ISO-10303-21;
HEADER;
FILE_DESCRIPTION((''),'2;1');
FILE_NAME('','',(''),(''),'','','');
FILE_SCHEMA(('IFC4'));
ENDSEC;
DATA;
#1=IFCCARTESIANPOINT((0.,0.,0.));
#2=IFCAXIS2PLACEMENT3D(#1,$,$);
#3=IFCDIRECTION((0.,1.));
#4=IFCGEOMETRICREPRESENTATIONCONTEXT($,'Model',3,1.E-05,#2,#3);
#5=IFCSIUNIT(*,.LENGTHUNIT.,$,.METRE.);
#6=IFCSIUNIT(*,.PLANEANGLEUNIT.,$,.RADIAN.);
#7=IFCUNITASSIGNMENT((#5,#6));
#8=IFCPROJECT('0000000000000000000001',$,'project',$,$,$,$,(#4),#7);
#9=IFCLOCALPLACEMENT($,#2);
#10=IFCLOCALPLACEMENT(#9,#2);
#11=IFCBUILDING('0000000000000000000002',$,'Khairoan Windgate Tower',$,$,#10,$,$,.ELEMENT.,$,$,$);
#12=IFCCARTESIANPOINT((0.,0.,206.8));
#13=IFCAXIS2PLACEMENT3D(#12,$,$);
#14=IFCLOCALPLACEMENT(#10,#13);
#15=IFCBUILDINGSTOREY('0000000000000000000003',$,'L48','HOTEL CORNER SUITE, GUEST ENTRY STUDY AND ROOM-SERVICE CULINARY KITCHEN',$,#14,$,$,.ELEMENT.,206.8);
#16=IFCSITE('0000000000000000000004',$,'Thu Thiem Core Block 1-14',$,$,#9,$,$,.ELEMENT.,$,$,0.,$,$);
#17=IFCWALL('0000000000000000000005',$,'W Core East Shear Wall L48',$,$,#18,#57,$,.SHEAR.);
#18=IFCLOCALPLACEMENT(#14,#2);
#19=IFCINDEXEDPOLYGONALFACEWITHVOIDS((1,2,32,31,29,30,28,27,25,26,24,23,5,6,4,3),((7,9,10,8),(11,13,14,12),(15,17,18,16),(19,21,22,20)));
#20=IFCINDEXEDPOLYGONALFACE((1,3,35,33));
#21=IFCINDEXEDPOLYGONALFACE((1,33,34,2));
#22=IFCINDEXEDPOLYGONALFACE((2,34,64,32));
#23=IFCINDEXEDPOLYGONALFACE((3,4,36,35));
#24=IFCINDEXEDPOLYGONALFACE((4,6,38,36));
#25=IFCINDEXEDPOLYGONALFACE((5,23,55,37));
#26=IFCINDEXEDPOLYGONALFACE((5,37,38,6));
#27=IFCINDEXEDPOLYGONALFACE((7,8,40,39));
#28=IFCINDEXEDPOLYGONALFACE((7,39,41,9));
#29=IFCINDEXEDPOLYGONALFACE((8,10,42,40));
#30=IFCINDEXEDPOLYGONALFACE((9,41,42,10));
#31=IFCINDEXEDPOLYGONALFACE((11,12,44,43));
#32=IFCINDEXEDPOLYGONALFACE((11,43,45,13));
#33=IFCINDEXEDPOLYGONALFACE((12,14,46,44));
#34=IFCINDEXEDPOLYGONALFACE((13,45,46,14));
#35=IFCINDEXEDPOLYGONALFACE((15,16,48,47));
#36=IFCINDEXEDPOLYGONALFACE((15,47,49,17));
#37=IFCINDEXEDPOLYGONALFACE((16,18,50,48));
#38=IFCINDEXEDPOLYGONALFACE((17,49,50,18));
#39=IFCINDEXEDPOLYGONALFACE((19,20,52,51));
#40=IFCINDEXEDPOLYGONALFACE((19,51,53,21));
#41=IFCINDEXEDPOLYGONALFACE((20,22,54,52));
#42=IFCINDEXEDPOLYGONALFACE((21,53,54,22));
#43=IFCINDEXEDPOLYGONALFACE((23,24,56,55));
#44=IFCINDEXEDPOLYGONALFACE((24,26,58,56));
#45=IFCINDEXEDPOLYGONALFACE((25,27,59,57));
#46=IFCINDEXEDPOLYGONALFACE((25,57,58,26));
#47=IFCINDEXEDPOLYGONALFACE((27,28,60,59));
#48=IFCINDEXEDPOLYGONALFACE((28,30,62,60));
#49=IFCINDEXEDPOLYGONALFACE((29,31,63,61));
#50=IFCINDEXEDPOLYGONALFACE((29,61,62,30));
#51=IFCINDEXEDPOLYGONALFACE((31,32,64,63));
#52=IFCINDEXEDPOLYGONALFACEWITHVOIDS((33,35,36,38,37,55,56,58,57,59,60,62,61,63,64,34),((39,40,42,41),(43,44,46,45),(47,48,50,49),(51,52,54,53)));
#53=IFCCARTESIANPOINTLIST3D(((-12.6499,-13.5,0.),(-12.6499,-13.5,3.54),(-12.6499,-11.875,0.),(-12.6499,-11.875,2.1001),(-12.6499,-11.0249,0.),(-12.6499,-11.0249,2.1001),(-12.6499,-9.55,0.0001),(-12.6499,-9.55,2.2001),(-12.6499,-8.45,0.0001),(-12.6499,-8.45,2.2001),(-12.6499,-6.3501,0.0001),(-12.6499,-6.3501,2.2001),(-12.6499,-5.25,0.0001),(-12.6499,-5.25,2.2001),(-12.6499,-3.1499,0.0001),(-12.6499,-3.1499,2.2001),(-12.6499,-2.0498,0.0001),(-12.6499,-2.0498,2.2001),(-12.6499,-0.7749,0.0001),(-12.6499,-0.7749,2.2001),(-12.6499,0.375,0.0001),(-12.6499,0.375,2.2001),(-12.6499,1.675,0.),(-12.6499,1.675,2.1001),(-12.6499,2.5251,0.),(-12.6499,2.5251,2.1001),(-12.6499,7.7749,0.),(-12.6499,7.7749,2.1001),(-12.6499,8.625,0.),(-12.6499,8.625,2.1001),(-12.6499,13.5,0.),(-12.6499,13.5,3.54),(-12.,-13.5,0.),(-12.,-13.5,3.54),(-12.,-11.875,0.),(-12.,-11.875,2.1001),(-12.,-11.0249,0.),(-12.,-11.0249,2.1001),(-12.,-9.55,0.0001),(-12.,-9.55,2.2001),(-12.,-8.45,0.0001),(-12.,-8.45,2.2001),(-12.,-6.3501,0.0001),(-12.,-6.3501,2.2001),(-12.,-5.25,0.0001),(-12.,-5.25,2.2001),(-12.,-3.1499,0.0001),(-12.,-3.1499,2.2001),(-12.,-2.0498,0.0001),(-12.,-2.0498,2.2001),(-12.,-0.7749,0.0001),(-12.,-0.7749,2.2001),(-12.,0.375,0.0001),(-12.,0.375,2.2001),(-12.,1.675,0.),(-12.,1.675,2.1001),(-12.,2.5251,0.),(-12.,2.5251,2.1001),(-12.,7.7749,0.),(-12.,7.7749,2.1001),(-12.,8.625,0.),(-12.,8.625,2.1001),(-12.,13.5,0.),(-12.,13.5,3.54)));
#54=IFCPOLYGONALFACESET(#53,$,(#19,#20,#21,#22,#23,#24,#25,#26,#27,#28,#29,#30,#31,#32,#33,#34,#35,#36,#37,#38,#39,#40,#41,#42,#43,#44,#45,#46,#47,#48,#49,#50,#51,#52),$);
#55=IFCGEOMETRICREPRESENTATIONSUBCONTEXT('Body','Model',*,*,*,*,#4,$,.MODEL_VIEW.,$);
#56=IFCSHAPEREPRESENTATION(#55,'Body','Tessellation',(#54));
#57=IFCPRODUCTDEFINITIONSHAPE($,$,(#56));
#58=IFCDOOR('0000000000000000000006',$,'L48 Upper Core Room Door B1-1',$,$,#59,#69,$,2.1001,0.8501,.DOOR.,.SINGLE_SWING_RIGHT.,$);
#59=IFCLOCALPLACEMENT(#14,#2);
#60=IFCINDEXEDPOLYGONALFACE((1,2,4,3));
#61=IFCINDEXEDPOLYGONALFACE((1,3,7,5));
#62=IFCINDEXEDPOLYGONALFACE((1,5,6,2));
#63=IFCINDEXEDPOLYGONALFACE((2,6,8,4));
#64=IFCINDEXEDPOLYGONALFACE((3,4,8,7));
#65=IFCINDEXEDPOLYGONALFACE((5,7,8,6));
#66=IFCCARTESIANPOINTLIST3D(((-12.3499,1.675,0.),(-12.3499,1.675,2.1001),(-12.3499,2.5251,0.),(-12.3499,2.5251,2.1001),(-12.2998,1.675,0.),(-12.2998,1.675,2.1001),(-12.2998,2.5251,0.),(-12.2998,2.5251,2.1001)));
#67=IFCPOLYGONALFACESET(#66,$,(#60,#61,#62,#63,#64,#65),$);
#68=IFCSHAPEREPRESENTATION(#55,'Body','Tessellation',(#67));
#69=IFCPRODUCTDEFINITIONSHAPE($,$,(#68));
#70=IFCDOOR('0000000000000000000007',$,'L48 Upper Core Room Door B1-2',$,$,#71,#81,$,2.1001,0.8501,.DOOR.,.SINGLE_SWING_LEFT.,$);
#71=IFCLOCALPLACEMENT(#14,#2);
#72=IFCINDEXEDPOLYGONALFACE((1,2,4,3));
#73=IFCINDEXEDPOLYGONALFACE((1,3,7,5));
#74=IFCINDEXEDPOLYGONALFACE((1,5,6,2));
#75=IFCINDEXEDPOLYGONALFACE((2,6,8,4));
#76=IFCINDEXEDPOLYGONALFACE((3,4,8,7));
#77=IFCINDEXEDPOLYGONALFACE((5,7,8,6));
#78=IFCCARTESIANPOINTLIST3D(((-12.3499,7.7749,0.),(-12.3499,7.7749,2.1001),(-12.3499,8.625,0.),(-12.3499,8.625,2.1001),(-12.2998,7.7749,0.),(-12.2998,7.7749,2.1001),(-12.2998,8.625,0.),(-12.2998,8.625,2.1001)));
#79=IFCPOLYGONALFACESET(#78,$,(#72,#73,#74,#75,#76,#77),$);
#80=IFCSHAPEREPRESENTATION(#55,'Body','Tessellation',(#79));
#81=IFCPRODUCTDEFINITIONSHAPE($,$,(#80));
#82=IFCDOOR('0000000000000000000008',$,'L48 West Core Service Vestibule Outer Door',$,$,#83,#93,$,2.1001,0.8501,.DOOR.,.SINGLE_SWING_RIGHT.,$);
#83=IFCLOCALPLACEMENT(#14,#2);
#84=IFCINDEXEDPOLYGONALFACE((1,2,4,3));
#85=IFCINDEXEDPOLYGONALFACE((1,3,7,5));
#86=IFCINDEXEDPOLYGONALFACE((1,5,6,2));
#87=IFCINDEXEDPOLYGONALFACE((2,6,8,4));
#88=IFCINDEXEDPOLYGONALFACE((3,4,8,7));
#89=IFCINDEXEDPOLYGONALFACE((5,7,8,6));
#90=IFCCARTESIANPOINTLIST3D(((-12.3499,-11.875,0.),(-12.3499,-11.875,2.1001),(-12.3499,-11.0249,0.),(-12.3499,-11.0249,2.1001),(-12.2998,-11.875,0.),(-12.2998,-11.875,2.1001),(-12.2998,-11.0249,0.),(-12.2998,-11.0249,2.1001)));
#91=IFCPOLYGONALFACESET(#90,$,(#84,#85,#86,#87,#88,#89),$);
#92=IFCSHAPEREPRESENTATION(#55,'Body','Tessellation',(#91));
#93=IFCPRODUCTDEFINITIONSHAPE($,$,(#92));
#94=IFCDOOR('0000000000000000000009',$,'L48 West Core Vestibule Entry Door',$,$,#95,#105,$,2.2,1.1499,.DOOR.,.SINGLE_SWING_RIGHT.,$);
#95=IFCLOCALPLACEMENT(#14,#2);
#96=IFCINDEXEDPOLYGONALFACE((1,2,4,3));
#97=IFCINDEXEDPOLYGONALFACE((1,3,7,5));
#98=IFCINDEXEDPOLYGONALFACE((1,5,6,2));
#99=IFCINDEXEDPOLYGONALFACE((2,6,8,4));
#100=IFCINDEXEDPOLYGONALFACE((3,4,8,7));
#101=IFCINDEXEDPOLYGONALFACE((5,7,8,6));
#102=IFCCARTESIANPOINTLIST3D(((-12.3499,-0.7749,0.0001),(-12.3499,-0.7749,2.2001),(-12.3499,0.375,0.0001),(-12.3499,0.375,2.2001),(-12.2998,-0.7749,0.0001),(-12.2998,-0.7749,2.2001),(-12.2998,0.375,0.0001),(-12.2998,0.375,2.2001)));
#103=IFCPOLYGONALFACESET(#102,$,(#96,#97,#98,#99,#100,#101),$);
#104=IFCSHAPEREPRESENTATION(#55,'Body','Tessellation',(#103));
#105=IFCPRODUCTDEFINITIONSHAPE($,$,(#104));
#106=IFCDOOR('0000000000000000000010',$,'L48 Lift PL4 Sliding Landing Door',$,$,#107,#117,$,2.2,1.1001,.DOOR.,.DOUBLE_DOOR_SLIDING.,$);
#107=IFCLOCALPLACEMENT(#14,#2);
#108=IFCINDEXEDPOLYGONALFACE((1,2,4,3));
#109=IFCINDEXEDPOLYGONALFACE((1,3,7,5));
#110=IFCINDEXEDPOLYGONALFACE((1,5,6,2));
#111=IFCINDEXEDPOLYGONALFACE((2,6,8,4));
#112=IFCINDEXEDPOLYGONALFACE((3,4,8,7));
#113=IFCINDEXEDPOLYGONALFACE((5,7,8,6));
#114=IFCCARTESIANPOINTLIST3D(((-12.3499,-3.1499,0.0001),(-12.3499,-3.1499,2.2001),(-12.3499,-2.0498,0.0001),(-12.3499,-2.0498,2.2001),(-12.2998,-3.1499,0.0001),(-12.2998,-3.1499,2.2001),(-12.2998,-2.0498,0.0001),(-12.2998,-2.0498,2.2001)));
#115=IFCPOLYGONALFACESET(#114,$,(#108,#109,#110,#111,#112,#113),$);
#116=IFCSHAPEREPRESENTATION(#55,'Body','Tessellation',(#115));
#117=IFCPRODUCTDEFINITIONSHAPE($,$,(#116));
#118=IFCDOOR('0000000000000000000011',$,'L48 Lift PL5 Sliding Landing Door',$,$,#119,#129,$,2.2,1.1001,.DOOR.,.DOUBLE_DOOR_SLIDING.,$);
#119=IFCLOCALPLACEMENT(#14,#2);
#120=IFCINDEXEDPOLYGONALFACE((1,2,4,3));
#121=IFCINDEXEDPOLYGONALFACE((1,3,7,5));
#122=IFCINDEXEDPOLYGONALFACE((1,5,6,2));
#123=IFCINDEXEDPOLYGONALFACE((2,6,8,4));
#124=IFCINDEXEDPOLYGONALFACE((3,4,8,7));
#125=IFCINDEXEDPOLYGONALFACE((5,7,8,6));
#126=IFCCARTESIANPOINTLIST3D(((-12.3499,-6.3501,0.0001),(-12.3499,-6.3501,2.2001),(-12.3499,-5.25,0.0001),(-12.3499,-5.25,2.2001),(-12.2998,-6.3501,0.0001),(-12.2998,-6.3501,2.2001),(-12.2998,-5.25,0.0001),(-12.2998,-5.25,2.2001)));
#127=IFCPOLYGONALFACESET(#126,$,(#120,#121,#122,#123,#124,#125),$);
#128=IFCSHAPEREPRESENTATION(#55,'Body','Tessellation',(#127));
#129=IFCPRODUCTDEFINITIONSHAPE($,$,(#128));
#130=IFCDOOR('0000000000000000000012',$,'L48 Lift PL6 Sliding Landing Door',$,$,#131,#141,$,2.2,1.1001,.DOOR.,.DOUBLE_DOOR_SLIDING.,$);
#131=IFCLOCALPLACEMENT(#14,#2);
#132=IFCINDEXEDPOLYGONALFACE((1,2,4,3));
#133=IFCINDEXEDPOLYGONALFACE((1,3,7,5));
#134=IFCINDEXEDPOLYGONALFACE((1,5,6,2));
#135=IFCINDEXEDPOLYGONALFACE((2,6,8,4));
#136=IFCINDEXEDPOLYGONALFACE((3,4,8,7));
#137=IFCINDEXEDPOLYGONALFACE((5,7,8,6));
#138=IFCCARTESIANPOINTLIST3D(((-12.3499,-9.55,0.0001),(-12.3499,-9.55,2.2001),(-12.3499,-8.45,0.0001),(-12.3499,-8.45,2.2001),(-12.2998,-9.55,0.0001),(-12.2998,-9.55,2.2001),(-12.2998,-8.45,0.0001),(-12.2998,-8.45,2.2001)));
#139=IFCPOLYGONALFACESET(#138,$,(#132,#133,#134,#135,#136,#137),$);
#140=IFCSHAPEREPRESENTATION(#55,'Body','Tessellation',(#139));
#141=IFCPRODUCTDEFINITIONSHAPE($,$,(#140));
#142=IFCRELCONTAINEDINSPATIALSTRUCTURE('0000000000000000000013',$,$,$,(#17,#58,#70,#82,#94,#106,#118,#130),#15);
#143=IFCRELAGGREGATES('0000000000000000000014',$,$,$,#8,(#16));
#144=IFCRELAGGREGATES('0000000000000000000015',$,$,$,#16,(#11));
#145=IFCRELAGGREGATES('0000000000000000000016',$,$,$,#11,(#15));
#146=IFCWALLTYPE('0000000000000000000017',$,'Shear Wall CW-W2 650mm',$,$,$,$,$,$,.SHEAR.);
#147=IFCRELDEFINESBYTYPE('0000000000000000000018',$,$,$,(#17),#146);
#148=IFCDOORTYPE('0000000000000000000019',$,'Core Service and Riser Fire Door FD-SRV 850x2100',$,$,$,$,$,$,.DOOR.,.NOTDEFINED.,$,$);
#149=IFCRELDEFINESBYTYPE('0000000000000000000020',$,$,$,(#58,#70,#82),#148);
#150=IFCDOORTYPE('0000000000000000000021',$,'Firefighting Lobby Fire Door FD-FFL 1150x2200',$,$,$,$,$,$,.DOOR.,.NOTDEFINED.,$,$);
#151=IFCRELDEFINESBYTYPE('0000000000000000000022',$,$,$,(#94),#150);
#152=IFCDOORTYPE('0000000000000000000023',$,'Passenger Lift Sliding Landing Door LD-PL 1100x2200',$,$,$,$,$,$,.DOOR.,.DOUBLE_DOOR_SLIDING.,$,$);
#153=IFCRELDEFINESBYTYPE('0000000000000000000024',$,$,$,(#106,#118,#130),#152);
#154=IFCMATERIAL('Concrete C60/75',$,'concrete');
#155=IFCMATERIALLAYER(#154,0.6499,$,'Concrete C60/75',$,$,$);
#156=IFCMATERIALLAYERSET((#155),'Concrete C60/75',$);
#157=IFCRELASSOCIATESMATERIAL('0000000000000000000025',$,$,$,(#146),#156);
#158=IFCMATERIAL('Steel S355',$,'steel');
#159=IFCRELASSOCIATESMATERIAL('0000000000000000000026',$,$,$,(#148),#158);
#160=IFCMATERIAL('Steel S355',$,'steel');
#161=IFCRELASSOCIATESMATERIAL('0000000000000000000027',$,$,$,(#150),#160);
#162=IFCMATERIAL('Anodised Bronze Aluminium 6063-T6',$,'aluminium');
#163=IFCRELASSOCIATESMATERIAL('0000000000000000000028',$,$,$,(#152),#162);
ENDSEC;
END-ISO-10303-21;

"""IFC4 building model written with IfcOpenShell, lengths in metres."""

from ifc_helpers import new_model, si_unit, direction, frame, frame_2d, origin, place, context, subcontext, project, spatial, rectangle, extrude, material, layer, layer_set, type_object, element, fill, save


model = new_model("IFC4")

# Units and contexts
model_context = context("Model", 3, precision=1e-05, world=origin(), true_north=direction((0.0, 1.0)))
body_context = subcontext(model_context, "Body", "Model", "MODEL_VIEW")
ifc_project = project(units=[si_unit("LENGTHUNIT", "METRE"), si_unit("PLANEANGLEUNIT", "RADIAN")], contexts=[model_context])

# Site, building, storey
site_placement = place(None, origin())
site = spatial("IfcSite", under=ifc_project, at=site_placement, Name="Thu Thiem Core Block 1-14", CompositionType="ELEMENT", RefElevation=0.0)
building_placement = place(site_placement, origin())
building = spatial("IfcBuilding", under=site, at=building_placement, Name="Khairoan Windgate Tower", CompositionType="ELEMENT")
storey_placement = place(building_placement, frame((0.0, 0.0, 206.8)))
storey = spatial("IfcBuildingStorey", under=building, at=storey_placement, Name="L48", Description="HOTEL CORNER SUITE, GUEST ENTRY STUDY AND ROOM-SERVICE CULINARY KITCHEN", CompositionType="ELEMENT", Elevation=206.8)

# Wall, openings, doors
ifc_material_1 = material(Name="Concrete C60/75", Category="concrete")
ifc_layer_1 = layer(ifc_material_1, 0.6499, Name="Concrete C60/75")
ifc_layer_set_1 = layer_set([ifc_layer_1], Name="Concrete C60/75")
wall_type_1 = type_object("IfcWallType", Name="Shear Wall CW-W2 650mm", PredefinedType="SHEAR", material=ifc_layer_set_1)
wall_1_placement = place(storey_placement, frame((-12.325, -13.5, 0.0), z_axis=(0.0, 0.0, 1.0), x_axis=(0.0, 1.0, 0.0)))
wall_1 = element("IfcWall", 1, at=wall_1_placement, inside=storey, type_object=wall_type_1, Name="W Core East Shear Wall L48", PredefinedType="SHEAR", context=body_context, shape_type="SweptSolid", body=[
    extrude(rectangle(XDim=27.0, YDim=0.6499, at=frame_2d((13.5, 0.0))), origin(), (0.0, 0.0, 1.0), 3.54),
])
opening_1_placement = place(wall_1_placement, frame((10.3501, 0.0, 0.0)))
opening_1 = element("IfcOpeningElement", 2, at=opening_1_placement, cuts=wall_1, PredefinedType="OPENING", context=body_context, shape_type="SweptSolid", body=[
    extrude(rectangle(XDim=1.1001, YDim=2.2, at=frame_2d((0.55, 1.1001))), frame((0.0, 0.335, 0.0), z_axis=(0.0, -1.0, 0.0), x_axis=(1.0, 0.0, 0.0)), (0.0, 0.0, 1.0), 0.6699),
])
opening_2_placement = place(wall_1_placement, frame((7.1499, 0.0, 0.0)))
opening_2 = element("IfcOpeningElement", 3, at=opening_2_placement, cuts=wall_1, PredefinedType="OPENING", context=body_context, shape_type="SweptSolid", body=[
    extrude(rectangle(XDim=1.1001, YDim=2.2, at=frame_2d((0.55, 1.1001))), frame((0.0, 0.335, 0.0), z_axis=(0.0, -1.0, 0.0), x_axis=(1.0, 0.0, 0.0)), (0.0, 0.0, 1.0), 0.6699),
])
opening_3_placement = place(wall_1_placement, frame((3.95, 0.0, 0.0)))
opening_3 = element("IfcOpeningElement", 4, at=opening_3_placement, cuts=wall_1, PredefinedType="OPENING", context=body_context, shape_type="SweptSolid", body=[
    extrude(rectangle(XDim=1.1001, YDim=2.2, at=frame_2d((0.55, 1.1001))), frame((0.0, 0.335, 0.0), z_axis=(0.0, -1.0, 0.0), x_axis=(1.0, 0.0, 0.0)), (0.0, 0.0, 1.0), 0.6699),
])
opening_4_placement = place(wall_1_placement, frame((15.175, 0.0, 0.0)))
opening_4 = element("IfcOpeningElement", 5, at=opening_4_placement, cuts=wall_1, PredefinedType="OPENING", context=body_context, shape_type="SweptSolid", body=[
    extrude(rectangle(XDim=0.8501, YDim=2.1001, at=frame_2d((0.425, 1.05))), frame((0.0, 0.335, 0.0), z_axis=(0.0, -1.0, 0.0), x_axis=(1.0, 0.0, 0.0)), (0.0, 0.0, 1.0), 0.6699),
])
opening_5_placement = place(wall_1_placement, frame((21.2749, 0.0, 0.0)))
opening_5 = element("IfcOpeningElement", 6, at=opening_5_placement, cuts=wall_1, PredefinedType="OPENING", context=body_context, shape_type="SweptSolid", body=[
    extrude(rectangle(XDim=0.8501, YDim=2.1001, at=frame_2d((0.425, 1.05))), frame((0.0, 0.335, 0.0), z_axis=(0.0, -1.0, 0.0), x_axis=(1.0, 0.0, 0.0)), (0.0, 0.0, 1.0), 0.6699),
])
opening_6_placement = place(wall_1_placement, frame((12.7251, 0.0, 0.0)))
opening_6 = element("IfcOpeningElement", 7, at=opening_6_placement, cuts=wall_1, PredefinedType="OPENING", context=body_context, shape_type="SweptSolid", body=[
    extrude(rectangle(XDim=1.1499, YDim=2.2, at=frame_2d((0.575, 1.1001))), frame((0.0, 0.335, 0.0), z_axis=(0.0, -1.0, 0.0), x_axis=(1.0, 0.0, 0.0)), (0.0, 0.0, 1.0), 0.6699),
])
opening_7_placement = place(wall_1_placement, frame((1.625, 0.0, 0.0)))
opening_7 = element("IfcOpeningElement", 8, at=opening_7_placement, cuts=wall_1, PredefinedType="OPENING", context=body_context, shape_type="SweptSolid", body=[
    extrude(rectangle(XDim=0.8501, YDim=2.1001, at=frame_2d((0.425, 1.05))), frame((0.0, 0.335, 0.0), z_axis=(0.0, -1.0, 0.0), x_axis=(1.0, 0.0, 0.0)), (0.0, 0.0, 1.0), 0.6699),
])
ifc_material_2 = material(Name="Steel S355", Category="steel")
door_type_1 = type_object("IfcDoorType", Name="Core Service and Riser Fire Door FD-SRV 850x2100", OperationType="NOTDEFINED", PredefinedType="DOOR", material=ifc_material_2)
door_1_placement = place(opening_4_placement, origin())
door_1 = element("IfcDoor", 9, at=door_1_placement, inside=storey, type_object=door_type_1, Name="L48 Upper Core Room Door B1-1", OperationType="SINGLE_SWING_RIGHT", OverallHeight=2.1001, OverallWidth=0.8501, PredefinedType="DOOR", context=body_context, shape_type="SweptSolid", body=[
    extrude(rectangle(XDim=0.8501, YDim=2.1001, at=frame_2d((0.425, 1.05))), frame((0.0, 0.0249, 0.0), z_axis=(0.0, -1.0, 0.0), x_axis=(1.0, 0.0, 0.0)), (0.0, 0.0, 1.0), 0.05),
])
fill(opening_4, door_1)
door_2_placement = place(opening_5_placement, origin())
door_2 = element("IfcDoor", 10, at=door_2_placement, inside=storey, type_object=door_type_1, Name="L48 Upper Core Room Door B1-2", OperationType="SINGLE_SWING_LEFT", OverallHeight=2.1001, OverallWidth=0.8501, PredefinedType="DOOR", context=body_context, shape_type="SweptSolid", body=[
    extrude(rectangle(XDim=0.8501, YDim=2.1001, at=frame_2d((0.425, 1.05))), frame((0.0, 0.0249, 0.0), z_axis=(0.0, -1.0, 0.0), x_axis=(1.0, 0.0, 0.0)), (0.0, 0.0, 1.0), 0.05),
])
fill(opening_5, door_2)
door_3_placement = place(opening_7_placement, origin())
door_3 = element("IfcDoor", 11, at=door_3_placement, inside=storey, type_object=door_type_1, Name="L48 West Core Service Vestibule Outer Door", OperationType="SINGLE_SWING_RIGHT", OverallHeight=2.1001, OverallWidth=0.8501, PredefinedType="DOOR", context=body_context, shape_type="SweptSolid", body=[
    extrude(rectangle(XDim=0.8501, YDim=2.1001, at=frame_2d((0.425, 1.05))), frame((0.0, 0.0249, 0.0), z_axis=(0.0, -1.0, 0.0), x_axis=(1.0, 0.0, 0.0)), (0.0, 0.0, 1.0), 0.05),
])
fill(opening_7, door_3)
ifc_material_3 = material(Name="Steel S355", Category="steel")
door_type_2 = type_object("IfcDoorType", Name="Firefighting Lobby Fire Door FD-FFL 1150x2200", OperationType="NOTDEFINED", PredefinedType="DOOR", material=ifc_material_3)
door_4_placement = place(opening_6_placement, origin())
door_4 = element("IfcDoor", 12, at=door_4_placement, inside=storey, type_object=door_type_2, Name="L48 West Core Vestibule Entry Door", OperationType="SINGLE_SWING_RIGHT", OverallHeight=2.2, OverallWidth=1.1499, PredefinedType="DOOR", context=body_context, shape_type="SweptSolid", body=[
    extrude(rectangle(XDim=1.1499, YDim=2.2, at=frame_2d((0.575, 1.1001))), frame((0.0, 0.0249, 0.0), z_axis=(0.0, -1.0, 0.0), x_axis=(1.0, 0.0, 0.0)), (0.0, 0.0, 1.0), 0.05),
])
fill(opening_6, door_4)
ifc_material_4 = material(Name="Anodised Bronze Aluminium 6063-T6", Category="aluminium")
door_type_3 = type_object("IfcDoorType", Name="Passenger Lift Sliding Landing Door LD-PL 1100x2200", OperationType="DOUBLE_DOOR_SLIDING", PredefinedType="DOOR", material=ifc_material_4)
door_5_placement = place(opening_1_placement, origin())
door_5 = element("IfcDoor", 13, at=door_5_placement, inside=storey, type_object=door_type_3, Name="L48 Lift PL4 Sliding Landing Door", OperationType="DOUBLE_DOOR_SLIDING", OverallHeight=2.2, OverallWidth=1.1001, PredefinedType="DOOR", context=body_context, shape_type="SweptSolid", body=[
    extrude(rectangle(XDim=1.1001, YDim=2.2, at=frame_2d((0.55, 1.1001))), frame((0.0, 0.0249, 0.0), z_axis=(0.0, -1.0, 0.0), x_axis=(1.0, 0.0, 0.0)), (0.0, 0.0, 1.0), 0.05),
])
fill(opening_1, door_5)
door_6_placement = place(opening_2_placement, origin())
door_6 = element("IfcDoor", 14, at=door_6_placement, inside=storey, type_object=door_type_3, Name="L48 Lift PL5 Sliding Landing Door", OperationType="DOUBLE_DOOR_SLIDING", OverallHeight=2.2, OverallWidth=1.1001, PredefinedType="DOOR", context=body_context, shape_type="SweptSolid", body=[
    extrude(rectangle(XDim=1.1001, YDim=2.2, at=frame_2d((0.55, 1.1001))), frame((0.0, 0.0249, 0.0), z_axis=(0.0, -1.0, 0.0), x_axis=(1.0, 0.0, 0.0)), (0.0, 0.0, 1.0), 0.05),
])
fill(opening_2, door_6)
door_7_placement = place(opening_3_placement, origin())
door_7 = element("IfcDoor", 15, at=door_7_placement, inside=storey, type_object=door_type_3, Name="L48 Lift PL6 Sliding Landing Door", OperationType="DOUBLE_DOOR_SLIDING", OverallHeight=2.2, OverallWidth=1.1001, PredefinedType="DOOR", context=body_context, shape_type="SweptSolid", body=[
    extrude(rectangle(XDim=1.1001, YDim=2.2, at=frame_2d((0.55, 1.1001))), frame((0.0, 0.0249, 0.0), z_axis=(0.0, -1.0, 0.0), x_axis=(1.0, 0.0, 0.0)), (0.0, 0.0, 1.0), 0.05),
])
fill(opening_3, door_7)

save(model, "model.ifc")
